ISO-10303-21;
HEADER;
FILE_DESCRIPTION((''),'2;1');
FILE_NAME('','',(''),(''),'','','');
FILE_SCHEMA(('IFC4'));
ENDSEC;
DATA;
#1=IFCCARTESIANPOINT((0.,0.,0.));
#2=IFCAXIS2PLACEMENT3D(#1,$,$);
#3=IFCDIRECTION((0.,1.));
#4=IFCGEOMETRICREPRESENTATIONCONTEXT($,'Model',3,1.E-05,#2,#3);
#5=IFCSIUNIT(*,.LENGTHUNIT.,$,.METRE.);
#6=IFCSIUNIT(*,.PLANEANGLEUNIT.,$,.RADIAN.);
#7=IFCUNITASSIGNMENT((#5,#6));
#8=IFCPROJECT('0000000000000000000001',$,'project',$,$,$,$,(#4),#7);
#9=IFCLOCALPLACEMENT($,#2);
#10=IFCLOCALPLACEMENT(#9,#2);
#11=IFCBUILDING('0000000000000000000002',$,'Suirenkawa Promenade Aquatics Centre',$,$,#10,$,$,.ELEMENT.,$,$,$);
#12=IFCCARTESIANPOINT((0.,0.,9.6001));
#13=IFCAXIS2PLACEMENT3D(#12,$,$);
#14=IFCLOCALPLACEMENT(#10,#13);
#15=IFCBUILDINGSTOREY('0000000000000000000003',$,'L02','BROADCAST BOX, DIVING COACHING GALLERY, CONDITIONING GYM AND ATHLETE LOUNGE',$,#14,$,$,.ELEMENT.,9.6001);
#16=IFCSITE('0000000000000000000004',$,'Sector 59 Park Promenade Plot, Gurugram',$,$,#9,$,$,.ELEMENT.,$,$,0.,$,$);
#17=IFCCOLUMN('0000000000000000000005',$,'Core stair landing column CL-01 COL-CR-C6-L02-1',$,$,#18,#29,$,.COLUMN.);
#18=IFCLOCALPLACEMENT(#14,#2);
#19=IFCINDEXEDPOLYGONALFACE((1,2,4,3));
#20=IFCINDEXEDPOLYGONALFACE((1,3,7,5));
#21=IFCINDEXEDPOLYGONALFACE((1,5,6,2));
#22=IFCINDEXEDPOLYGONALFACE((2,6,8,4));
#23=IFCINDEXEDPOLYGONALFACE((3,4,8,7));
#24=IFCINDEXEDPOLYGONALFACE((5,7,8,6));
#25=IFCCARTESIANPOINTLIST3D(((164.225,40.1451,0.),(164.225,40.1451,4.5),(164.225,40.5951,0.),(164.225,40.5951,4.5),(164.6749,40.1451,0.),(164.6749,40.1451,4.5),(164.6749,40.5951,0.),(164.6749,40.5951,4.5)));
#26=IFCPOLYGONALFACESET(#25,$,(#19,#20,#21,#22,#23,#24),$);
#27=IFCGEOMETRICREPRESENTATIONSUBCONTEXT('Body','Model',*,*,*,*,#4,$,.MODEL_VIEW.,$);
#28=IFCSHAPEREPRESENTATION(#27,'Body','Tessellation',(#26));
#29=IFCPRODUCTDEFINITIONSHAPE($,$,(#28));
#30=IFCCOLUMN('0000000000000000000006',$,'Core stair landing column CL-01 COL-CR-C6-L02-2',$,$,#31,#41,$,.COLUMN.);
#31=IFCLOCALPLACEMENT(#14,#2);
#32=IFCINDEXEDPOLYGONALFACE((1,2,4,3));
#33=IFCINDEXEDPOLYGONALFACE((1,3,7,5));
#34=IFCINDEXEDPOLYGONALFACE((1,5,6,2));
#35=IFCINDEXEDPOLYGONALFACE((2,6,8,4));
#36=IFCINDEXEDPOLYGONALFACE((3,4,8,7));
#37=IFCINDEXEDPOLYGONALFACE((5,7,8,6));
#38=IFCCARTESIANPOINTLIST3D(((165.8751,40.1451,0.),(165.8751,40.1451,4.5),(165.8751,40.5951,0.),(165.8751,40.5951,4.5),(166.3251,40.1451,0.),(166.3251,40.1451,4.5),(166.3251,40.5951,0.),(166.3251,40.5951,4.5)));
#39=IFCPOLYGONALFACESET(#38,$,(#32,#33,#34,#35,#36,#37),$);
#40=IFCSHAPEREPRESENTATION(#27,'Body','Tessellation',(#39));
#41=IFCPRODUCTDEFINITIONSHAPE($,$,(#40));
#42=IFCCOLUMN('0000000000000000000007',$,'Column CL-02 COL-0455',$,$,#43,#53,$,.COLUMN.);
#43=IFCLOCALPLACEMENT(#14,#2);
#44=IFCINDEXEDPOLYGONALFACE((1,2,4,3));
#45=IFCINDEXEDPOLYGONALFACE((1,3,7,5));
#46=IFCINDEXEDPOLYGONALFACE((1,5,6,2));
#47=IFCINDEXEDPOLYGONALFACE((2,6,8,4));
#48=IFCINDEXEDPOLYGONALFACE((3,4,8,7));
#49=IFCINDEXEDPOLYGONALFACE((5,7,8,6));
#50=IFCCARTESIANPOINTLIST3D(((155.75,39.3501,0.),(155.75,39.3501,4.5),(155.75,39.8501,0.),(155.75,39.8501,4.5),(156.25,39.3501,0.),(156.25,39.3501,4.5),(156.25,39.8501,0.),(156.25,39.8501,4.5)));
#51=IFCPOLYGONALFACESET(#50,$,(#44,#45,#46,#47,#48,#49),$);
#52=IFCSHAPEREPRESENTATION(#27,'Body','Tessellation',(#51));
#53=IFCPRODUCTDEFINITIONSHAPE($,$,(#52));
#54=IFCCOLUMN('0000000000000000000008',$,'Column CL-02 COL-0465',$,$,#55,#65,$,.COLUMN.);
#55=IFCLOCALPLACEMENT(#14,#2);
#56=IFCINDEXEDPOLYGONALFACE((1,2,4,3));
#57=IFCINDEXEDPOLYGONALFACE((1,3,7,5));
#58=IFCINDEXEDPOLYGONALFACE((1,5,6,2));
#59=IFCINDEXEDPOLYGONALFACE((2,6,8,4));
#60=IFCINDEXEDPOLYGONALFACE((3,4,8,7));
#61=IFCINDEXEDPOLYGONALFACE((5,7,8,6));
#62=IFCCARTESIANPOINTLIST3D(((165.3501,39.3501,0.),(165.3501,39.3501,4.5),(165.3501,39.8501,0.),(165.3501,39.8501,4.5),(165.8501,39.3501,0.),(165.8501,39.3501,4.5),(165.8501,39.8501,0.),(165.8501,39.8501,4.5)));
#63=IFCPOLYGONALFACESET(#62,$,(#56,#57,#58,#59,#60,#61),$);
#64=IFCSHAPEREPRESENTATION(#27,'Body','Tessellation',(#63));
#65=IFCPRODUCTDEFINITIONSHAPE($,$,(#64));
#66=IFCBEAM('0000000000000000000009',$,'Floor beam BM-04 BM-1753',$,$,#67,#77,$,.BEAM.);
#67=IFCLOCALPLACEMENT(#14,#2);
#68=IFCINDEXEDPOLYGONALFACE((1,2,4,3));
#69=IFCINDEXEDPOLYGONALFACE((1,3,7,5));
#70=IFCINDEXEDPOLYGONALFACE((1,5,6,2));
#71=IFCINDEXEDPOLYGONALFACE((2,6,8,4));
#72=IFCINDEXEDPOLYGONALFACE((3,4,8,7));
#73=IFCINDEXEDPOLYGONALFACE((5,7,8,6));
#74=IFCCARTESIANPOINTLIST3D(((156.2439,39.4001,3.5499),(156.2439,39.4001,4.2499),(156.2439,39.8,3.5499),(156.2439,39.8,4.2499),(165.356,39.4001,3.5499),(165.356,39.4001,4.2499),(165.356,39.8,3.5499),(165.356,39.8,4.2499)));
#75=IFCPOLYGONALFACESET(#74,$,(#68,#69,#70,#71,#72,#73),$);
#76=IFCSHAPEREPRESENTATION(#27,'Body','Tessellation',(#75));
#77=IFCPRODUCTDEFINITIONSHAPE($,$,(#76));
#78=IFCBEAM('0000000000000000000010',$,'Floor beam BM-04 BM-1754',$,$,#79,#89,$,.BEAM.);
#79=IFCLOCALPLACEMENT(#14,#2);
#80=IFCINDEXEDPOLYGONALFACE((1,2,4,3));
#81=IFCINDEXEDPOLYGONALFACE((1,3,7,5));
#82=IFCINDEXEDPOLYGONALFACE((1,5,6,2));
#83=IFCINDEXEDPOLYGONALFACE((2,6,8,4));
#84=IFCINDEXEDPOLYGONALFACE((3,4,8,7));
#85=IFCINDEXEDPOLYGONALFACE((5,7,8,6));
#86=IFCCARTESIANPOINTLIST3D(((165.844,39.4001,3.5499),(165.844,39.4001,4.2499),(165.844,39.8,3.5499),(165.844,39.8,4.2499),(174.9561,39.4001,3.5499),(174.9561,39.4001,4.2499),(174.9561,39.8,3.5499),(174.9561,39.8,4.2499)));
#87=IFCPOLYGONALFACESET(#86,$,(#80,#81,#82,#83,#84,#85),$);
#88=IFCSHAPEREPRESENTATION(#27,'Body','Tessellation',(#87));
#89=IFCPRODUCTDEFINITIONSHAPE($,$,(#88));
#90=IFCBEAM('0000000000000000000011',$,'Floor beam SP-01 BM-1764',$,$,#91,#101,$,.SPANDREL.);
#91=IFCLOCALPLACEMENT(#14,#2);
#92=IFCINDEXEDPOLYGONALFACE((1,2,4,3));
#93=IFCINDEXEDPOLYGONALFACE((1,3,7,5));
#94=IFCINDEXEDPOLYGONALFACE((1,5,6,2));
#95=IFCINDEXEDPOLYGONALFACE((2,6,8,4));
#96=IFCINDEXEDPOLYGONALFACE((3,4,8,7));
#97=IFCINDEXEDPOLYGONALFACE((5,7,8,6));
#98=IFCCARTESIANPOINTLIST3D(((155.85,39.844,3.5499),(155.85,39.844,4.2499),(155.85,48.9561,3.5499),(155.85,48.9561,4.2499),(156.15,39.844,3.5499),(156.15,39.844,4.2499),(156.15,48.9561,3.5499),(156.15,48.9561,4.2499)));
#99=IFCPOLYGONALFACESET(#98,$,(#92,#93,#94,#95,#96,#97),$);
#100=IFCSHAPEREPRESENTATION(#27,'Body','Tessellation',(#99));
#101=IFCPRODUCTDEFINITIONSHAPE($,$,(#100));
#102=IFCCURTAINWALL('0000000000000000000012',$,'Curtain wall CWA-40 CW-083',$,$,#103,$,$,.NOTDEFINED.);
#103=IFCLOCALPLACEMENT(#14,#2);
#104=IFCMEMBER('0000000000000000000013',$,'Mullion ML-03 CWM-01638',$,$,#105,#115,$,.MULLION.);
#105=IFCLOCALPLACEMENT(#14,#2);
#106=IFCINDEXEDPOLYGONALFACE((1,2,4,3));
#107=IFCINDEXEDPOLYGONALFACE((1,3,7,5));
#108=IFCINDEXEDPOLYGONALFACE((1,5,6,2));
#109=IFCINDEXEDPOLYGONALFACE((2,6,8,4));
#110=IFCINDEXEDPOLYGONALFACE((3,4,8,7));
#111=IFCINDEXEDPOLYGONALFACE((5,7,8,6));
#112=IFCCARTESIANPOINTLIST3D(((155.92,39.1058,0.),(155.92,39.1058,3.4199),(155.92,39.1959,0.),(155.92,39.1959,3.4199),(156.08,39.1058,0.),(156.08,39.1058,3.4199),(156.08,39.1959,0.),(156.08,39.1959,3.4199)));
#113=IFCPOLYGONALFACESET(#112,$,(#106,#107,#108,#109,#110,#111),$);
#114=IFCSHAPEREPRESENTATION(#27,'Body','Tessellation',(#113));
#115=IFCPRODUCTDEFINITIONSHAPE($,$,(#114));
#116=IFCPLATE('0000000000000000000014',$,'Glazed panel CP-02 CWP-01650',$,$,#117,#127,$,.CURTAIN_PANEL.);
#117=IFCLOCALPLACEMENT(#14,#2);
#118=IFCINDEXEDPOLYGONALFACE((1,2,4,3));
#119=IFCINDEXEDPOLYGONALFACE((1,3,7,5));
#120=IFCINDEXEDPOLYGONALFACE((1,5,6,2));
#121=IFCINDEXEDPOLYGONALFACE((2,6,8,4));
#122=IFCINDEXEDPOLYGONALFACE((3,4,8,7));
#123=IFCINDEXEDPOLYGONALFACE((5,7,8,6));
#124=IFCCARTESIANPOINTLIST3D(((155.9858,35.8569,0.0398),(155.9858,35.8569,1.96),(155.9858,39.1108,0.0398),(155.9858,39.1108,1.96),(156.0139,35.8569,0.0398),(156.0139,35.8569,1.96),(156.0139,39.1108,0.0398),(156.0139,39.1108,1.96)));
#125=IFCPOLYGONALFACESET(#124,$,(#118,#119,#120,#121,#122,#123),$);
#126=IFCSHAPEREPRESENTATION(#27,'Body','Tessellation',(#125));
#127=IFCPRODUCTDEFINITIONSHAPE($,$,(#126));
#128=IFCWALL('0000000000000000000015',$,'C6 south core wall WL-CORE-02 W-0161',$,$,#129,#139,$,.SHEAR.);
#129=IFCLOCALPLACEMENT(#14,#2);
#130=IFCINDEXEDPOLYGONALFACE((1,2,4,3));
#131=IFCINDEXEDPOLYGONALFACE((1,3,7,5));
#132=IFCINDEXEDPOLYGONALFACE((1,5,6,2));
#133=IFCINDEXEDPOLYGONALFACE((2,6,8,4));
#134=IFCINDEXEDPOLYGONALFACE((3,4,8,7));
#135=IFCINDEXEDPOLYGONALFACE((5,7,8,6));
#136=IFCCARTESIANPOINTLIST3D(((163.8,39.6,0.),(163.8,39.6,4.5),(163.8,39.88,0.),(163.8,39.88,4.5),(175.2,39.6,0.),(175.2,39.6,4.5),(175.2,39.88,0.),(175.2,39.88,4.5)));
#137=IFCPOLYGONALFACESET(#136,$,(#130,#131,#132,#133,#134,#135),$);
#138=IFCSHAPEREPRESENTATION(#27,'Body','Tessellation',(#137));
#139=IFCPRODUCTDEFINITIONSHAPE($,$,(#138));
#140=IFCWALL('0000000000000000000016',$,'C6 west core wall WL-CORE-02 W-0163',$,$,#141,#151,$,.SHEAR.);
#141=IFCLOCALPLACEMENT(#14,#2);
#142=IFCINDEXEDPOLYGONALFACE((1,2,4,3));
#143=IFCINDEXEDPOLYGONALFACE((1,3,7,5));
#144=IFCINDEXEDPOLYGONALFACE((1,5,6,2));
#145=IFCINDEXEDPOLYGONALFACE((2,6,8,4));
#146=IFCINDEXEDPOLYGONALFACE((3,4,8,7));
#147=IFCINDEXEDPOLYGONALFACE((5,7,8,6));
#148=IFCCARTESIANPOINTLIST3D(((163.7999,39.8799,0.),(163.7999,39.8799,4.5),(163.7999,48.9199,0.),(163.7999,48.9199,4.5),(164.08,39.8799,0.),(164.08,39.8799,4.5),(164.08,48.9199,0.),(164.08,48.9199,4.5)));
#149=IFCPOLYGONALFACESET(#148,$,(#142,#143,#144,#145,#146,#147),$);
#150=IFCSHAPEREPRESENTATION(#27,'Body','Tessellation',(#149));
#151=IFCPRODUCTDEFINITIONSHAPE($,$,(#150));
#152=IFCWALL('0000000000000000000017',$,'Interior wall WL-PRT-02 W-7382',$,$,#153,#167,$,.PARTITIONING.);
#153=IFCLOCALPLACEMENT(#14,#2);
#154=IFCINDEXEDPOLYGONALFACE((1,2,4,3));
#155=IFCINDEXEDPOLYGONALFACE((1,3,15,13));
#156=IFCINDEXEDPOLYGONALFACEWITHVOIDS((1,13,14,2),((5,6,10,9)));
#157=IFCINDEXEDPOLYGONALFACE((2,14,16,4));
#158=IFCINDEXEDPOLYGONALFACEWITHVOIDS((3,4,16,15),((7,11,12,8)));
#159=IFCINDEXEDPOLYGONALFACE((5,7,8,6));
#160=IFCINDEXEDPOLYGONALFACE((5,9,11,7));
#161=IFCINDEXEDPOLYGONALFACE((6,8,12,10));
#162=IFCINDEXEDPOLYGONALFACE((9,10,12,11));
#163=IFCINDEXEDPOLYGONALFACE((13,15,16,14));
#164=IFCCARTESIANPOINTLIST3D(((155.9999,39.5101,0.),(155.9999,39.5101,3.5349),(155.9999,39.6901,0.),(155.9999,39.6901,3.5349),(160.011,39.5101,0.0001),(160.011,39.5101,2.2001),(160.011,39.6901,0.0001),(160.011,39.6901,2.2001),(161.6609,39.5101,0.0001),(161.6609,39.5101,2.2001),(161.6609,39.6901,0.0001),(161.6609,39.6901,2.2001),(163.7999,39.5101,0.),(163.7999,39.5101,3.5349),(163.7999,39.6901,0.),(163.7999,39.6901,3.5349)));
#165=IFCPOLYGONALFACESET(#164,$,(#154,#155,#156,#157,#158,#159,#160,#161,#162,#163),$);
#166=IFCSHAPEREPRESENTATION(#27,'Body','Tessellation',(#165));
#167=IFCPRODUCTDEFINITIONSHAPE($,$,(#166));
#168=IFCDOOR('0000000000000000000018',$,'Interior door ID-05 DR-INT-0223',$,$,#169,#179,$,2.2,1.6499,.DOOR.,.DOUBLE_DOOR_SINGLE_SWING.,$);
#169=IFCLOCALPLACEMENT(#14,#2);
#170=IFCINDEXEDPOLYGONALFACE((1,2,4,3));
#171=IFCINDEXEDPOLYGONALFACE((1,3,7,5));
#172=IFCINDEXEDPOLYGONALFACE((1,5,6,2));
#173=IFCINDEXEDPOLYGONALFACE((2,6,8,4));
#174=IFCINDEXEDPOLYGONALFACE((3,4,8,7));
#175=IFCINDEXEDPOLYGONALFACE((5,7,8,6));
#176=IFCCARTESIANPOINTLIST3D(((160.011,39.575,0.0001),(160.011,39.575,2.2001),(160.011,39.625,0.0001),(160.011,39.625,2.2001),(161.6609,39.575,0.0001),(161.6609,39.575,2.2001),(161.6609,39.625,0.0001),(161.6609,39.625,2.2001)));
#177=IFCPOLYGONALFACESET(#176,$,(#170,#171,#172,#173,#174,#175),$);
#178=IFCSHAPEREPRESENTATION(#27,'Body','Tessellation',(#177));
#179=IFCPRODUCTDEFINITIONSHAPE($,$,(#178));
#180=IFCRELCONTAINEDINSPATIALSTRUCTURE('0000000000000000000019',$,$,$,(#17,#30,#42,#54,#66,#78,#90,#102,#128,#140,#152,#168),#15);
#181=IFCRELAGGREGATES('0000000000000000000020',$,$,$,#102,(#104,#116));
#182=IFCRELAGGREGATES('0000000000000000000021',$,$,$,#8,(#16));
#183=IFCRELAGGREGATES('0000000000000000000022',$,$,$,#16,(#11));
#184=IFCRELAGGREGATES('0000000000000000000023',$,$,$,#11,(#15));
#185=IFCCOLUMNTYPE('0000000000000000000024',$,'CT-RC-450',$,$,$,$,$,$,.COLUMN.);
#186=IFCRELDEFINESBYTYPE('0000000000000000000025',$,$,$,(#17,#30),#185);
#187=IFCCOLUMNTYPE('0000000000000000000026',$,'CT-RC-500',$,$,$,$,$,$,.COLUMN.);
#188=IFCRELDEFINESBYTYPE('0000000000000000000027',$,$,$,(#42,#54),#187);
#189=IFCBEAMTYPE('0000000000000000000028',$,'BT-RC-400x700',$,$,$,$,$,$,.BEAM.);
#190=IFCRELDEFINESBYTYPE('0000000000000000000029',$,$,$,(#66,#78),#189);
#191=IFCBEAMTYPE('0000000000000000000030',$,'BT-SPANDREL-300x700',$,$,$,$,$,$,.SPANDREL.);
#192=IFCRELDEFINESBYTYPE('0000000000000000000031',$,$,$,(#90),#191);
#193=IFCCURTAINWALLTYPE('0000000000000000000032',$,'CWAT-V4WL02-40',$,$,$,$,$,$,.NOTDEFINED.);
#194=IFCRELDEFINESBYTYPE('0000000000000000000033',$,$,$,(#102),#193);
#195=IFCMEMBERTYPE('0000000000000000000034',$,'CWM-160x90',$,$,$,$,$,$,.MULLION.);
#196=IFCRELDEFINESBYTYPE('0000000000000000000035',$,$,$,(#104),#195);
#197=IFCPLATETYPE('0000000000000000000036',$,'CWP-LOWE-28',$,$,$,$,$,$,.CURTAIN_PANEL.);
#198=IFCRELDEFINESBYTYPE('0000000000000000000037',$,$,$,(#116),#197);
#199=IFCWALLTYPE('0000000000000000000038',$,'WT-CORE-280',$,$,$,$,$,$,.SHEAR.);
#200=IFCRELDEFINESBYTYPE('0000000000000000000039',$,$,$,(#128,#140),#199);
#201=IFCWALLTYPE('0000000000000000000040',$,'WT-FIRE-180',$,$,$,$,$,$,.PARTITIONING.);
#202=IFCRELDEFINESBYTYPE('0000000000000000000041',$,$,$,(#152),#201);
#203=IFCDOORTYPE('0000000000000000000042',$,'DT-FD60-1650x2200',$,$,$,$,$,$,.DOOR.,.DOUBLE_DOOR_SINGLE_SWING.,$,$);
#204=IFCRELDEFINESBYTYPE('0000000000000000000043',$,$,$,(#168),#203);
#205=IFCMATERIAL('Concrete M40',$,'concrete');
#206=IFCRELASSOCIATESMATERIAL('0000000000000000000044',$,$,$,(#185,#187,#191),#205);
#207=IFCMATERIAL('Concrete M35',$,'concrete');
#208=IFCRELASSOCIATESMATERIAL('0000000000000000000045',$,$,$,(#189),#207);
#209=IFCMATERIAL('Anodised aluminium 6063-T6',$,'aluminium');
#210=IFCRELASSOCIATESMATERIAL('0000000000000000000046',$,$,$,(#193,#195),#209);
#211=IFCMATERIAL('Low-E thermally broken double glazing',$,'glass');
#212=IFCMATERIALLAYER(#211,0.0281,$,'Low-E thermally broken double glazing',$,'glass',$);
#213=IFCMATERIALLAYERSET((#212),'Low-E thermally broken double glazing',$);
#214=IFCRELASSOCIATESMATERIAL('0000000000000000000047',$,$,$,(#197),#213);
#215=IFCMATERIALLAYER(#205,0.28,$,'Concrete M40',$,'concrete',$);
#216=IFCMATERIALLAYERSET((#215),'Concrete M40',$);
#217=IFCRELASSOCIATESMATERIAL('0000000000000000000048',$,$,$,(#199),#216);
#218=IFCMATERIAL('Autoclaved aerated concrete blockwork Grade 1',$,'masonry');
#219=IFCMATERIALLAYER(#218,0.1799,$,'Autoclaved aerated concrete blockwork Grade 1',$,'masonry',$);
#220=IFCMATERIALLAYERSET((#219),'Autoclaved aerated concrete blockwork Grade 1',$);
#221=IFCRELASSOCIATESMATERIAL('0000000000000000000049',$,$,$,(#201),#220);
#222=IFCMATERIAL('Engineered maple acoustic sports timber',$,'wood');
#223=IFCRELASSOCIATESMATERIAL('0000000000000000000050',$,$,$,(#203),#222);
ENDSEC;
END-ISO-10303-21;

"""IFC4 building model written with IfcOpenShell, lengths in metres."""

from ifc_helpers import new_model, si_unit, direction, frame, frame_2d, origin, origin_2d, place, context, subcontext, project, spatial, polyline, rectangle, outline, extrude, material, layer, layer_set, material_profile, profile_set, type_object, element, fill, aggregate, save


model = new_model("IFC4")

# Units and contexts
model_context = context("Model", 3, precision=1e-05, world=origin(), true_north=direction((0.0, 1.0)))
body_context = subcontext(model_context, "Body", "Model", "MODEL_VIEW")
ifc_project = project(units=[si_unit("LENGTHUNIT", "METRE"), si_unit("PLANEANGLEUNIT", "RADIAN")], contexts=[model_context])

# Site, building, storey
site_placement = place(None, origin())
site = spatial("IfcSite", under=ifc_project, at=site_placement, Name="Sector 59 Park Promenade Plot, Gurugram", CompositionType="ELEMENT", RefElevation=0.0)
building_placement = place(site_placement, origin())
building = spatial("IfcBuilding", under=site, at=building_placement, Name="Suirenkawa Promenade Aquatics Centre", CompositionType="ELEMENT")
storey_placement = place(building_placement, frame((0.0, 0.0, 9.6001)))
storey = spatial("IfcBuildingStorey", under=building, at=storey_placement, Name="L02", Description="BROADCAST BOX, DIVING COACHING GALLERY, CONDITIONING GYM AND ATHLETE LOUNGE", CompositionType="ELEMENT", Elevation=9.6001)

# Columns
ifc_material_1 = material(Name="Concrete M40", Category="concrete")
ifc_material_profile_1 = material_profile(ifc_material_1, rectangle(XDim=0.45, YDim=0.45, at=origin_2d()), Name="RC COL 450x450", Category="concrete")
ifc_profile_set_1 = profile_set([ifc_material_profile_1], Name="Concrete M40")
column_type_1 = type_object("IfcColumnType", Name="CT-RC-450", PredefinedType="COLUMN", material=ifc_profile_set_1)
for number, where, z_axis, x_axis, name in (
    (1, (164.45, 40.3701, 0.0), (0.0, 0.0, 1.0), (1.0, 0.0, 0.0), "Core stair landing column CL-01 COL-CR-C6-L02-1"),
    (2, (166.1001, 40.3701, 0.0), (0.0, 0.0, 1.0), (1.0, 0.0, 0.0), "Core stair landing column CL-01 COL-CR-C6-L02-2"),
):
    element("IfcColumn", number, at=place(storey_placement, frame(where, z_axis=z_axis, x_axis=x_axis)), inside=storey, type_object=column_type_1, Name=name, PredefinedType="COLUMN", context=body_context, shape_type="SweptSolid", body=[
        extrude(rectangle(XDim=0.45, YDim=0.45, at=origin_2d()), origin(), (0.0, 0.0, 1.0), 4.5),
    ])
ifc_material_profile_2 = material_profile(ifc_material_1, rectangle(XDim=0.5, YDim=0.5, at=origin_2d()), Name="RC COL 500x500", Category="concrete")
ifc_profile_set_2 = profile_set([ifc_material_profile_2], Name="Concrete M40")
column_type_2 = type_object("IfcColumnType", Name="CT-RC-500", PredefinedType="COLUMN", material=ifc_profile_set_2)
for number, where, z_axis, x_axis, name in (
    (3, (156.0, 39.6001, 0.0), (0.0, 0.0, 1.0), (1.0, 0.0, 0.0), "Column CL-02 COL-0455"),
    (4, (165.6001, 39.6001, 0.0), (0.0, 0.0, 1.0), (1.0, 0.0, 0.0), "Column CL-02 COL-0465"),
):
    element("IfcColumn", number, at=place(storey_placement, frame(where, z_axis=z_axis, x_axis=x_axis)), inside=storey, type_object=column_type_2, Name=name, PredefinedType="COLUMN", context=body_context, shape_type="SweptSolid", body=[
        extrude(rectangle(XDim=0.5, YDim=0.5, at=origin_2d()), origin(), (0.0, 0.0, 1.0), 4.5),
    ])

# Beams
ifc_material_2 = material(Name="Concrete M35", Category="concrete")
ifc_material_profile_3 = material_profile(ifc_material_2, rectangle(XDim=0.3999, YDim=0.7, at=origin_2d()), Name="RC BM 400x700", Category="concrete")
ifc_profile_set_3 = profile_set([ifc_material_profile_3], Name="Concrete M35")
beam_type_1 = type_object("IfcBeamType", Name="BT-RC-400x700", PredefinedType="BEAM", material=ifc_profile_set_3)
for number, where, z_axis, x_axis, name in (
    (5, (156.2439, 39.6001, 3.8999), (1.0, 0.0, 0.0), (0.0, 1.0, 0.0), "Floor beam BM-04 BM-1753"),
    (6, (165.844, 39.6001, 3.8999), (1.0, 0.0, 0.0), (0.0, 1.0, 0.0), "Floor beam BM-04 BM-1754"),
):
    element("IfcBeam", number, at=place(storey_placement, frame(where, z_axis=z_axis, x_axis=x_axis)), inside=storey, type_object=beam_type_1, Name=name, PredefinedType="BEAM", context=body_context, shape_type="SweptSolid", body=[
        extrude(rectangle(XDim=0.3999, YDim=0.7, at=origin_2d()), origin(), (0.0, 0.0, 1.0), 9.1121),
    ])
ifc_material_profile_4 = material_profile(ifc_material_1, rectangle(XDim=0.3, YDim=0.7, at=origin_2d()), Name="RC SPANDREL 300x700", Category="concrete")
ifc_profile_set_4 = profile_set([ifc_material_profile_4], Name="Concrete M40")
beam_type_2 = type_object("IfcBeamType", Name="BT-SPANDREL-300x700", PredefinedType="SPANDREL", material=ifc_profile_set_4)
beam_placement = place(storey_placement, frame((156.0, 39.844, 3.8999), z_axis=(0.0, 1.0, 0.0), x_axis=(-1.0, 0.0, 0.0)))
element("IfcBeam", 7, at=beam_placement, inside=storey, type_object=beam_type_2, Name="Floor beam SP-01 BM-1764", PredefinedType="SPANDREL", context=body_context, shape_type="SweptSolid", body=[
    extrude(rectangle(XDim=0.3, YDim=0.7, at=origin_2d()), origin(), (0.0, 0.0, 1.0), 9.1121),
])

# Curtain wall, member, plate
ifc_material_3 = material(Name="Anodised aluminium 6063-T6", Category="aluminium")
curtain_wall_type = type_object("IfcCurtainWallType", Name="CWAT-V4WL02-40", PredefinedType="NOTDEFINED", material=ifc_material_3)
curtain_wall_placement = place(storey_placement, origin())
curtain_wall = element("IfcCurtainWall", 8, at=curtain_wall_placement, inside=storey, type_object=curtain_wall_type, Name="Curtain wall CWA-40 CW-083", PredefinedType="NOTDEFINED")
ifc_material_profile_5 = material_profile(ifc_material_3, rectangle(XDim=0.0901, YDim=0.1599, at=origin_2d()), Name="ALU MULL 90x160", Category="aluminium")
ifc_profile_set_5 = profile_set([ifc_material_profile_5], Name="Anodised aluminium 6063-T6")
member_type = type_object("IfcMemberType", Name="CWM-160x90", PredefinedType="MULLION", material=ifc_profile_set_5)
member_placement = place(storey_placement, frame((156.0, 39.1509, 0.0), z_axis=(0.0, 0.0, 1.0), x_axis=(0.0, 1.0, 0.0)))
member = element("IfcMember", 9, at=member_placement, type_object=member_type, Name="Mullion ML-03 CWM-01638", PredefinedType="MULLION", context=body_context, shape_type="SweptSolid", body=[
    extrude(rectangle(XDim=0.0901, YDim=0.1599, at=origin_2d()), origin(), (0.0, 0.0, 1.0), 3.4199),
])
ifc_material_4 = material(Name="Low-E thermally broken double glazing", Category="glass")
ifc_layer_1 = layer(ifc_material_4, 0.0281, Name="Low-E thermally broken double glazing", Category="glass")
ifc_layer_set_1 = layer_set([ifc_layer_1], Name="Low-E thermally broken double glazing")
plate_type = type_object("IfcPlateType", Name="CWP-LOWE-28", PredefinedType="CURTAIN_PANEL", material=ifc_layer_set_1)
plate_1_placement = place(storey_placement, frame((156.0, 35.8169, 0.0398), z_axis=(0.0, 0.0, 1.0), x_axis=(0.0, 1.0, 0.0)))
plate_1 = element("IfcPlate", 10, at=plate_1_placement, type_object=plate_type, Name="Glazed panel CP-02 CWP-01650", PredefinedType="CURTAIN_PANEL", context=body_context, shape_type="SweptSolid", body=[
    extrude(outline(polyline([(0.04, 0.0), (3.2939, 0.0), (3.2939, 1.9202), (0.04, 1.9202), (0.04, 0.0)])), frame((0.0, 0.0142, 0.0), z_axis=(0.0, -1.0, 0.0), x_axis=(1.0, 0.0, 0.0)), (0.0, 0.0, 1.0), 0.0281),
])
aggregate(curtain_wall, [member, plate_1])

# Walls
ifc_layer_2 = layer(ifc_material_1, 0.28, Name="Concrete M40", Category="concrete")
ifc_layer_set_2 = layer_set([ifc_layer_2], Name="Concrete M40")
wall_type_1 = type_object("IfcWallType", Name="WT-CORE-280", PredefinedType="SHEAR", material=ifc_layer_set_2)
wall_1_placement = place(storey_placement, frame((163.8, 39.74, 0.0), z_axis=(0.0, 0.0, 1.0), x_axis=(1.0, 0.0, 0.0)))
element("IfcWall", 11, at=wall_1_placement, inside=storey, type_object=wall_type_1, Name="C6 south core wall WL-CORE-02 W-0161", PredefinedType="SHEAR", context=body_context, shape_type="SweptSolid", body=[
    extrude(rectangle(XDim=11.3999, YDim=0.28, at=frame_2d((5.7, 0.0))), origin(), (0.0, 0.0, 1.0), 4.5),
])
wall_2_placement = place(storey_placement, frame((163.9399, 39.8799, 0.0), z_axis=(0.0, 0.0, 1.0), x_axis=(0.0, 1.0, 0.0)))
element("IfcWall", 12, at=wall_2_placement, inside=storey, type_object=wall_type_1, Name="C6 west core wall WL-CORE-02 W-0163", PredefinedType="SHEAR", context=body_context, shape_type="SweptSolid", body=[
    extrude(rectangle(XDim=9.04, YDim=0.28, at=frame_2d((4.52, 0.0))), origin(), (0.0, 0.0, 1.0), 4.5),
])

# Wall, opening, door
ifc_material_5 = material(Name="Autoclaved aerated concrete blockwork Grade 1", Category="masonry")
ifc_layer_3 = layer(ifc_material_5, 0.1799, Name="Autoclaved aerated concrete blockwork Grade 1", Category="masonry")
ifc_layer_set_3 = layer_set([ifc_layer_3], Name="Autoclaved aerated concrete blockwork Grade 1")
wall_type_2 = type_object("IfcWallType", Name="WT-FIRE-180", PredefinedType="PARTITIONING", material=ifc_layer_set_3)
wall_3_placement = place(storey_placement, frame((156.0, 39.6001, 0.0), z_axis=(0.0, 0.0, 1.0), x_axis=(1.0, 0.0, 0.0)))
wall_3 = element("IfcWall", 13, at=wall_3_placement, inside=storey, type_object=wall_type_2, Name="Interior wall WL-PRT-02 W-7382", PredefinedType="PARTITIONING", context=body_context, shape_type="SweptSolid", body=[
    extrude(rectangle(XDim=7.8, YDim=0.1799, at=frame_2d((3.8999, 0.0))), origin(), (0.0, 0.0, 1.0), 3.5349),
])
opening_1_placement = place(wall_3_placement, frame((4.011, 0.0, 0.0)))
opening_1 = element("IfcOpeningElement", 14, at=opening_1_placement, cuts=wall_3, PredefinedType="OPENING", context=body_context, shape_type="SweptSolid", body=[
    extrude(rectangle(XDim=1.6499, YDim=2.2, at=frame_2d((0.825, 1.1001))), frame((0.0, 0.0999, 0.0), z_axis=(0.0, -1.0, 0.0), x_axis=(1.0, 0.0, 0.0)), (0.0, 0.0, 1.0), 0.2),
])
ifc_material_6 = material(Name="Engineered maple acoustic sports timber", Category="wood")
door_type_1 = type_object("IfcDoorType", Name="DT-FD60-1650x2200", OperationType="DOUBLE_DOOR_SINGLE_SWING", PredefinedType="DOOR", material=ifc_material_6)
door_1_placement = place(opening_1_placement, origin())
door_1 = element("IfcDoor", 15, at=door_1_placement, inside=storey, type_object=door_type_1, Name="Interior door ID-05 DR-INT-0223", OperationType="DOUBLE_DOOR_SINGLE_SWING", OverallHeight=2.2, OverallWidth=1.6499, PredefinedType="DOOR", context=body_context, shape_type="SweptSolid", body=[
    extrude(rectangle(XDim=1.6499, YDim=2.2, at=frame_2d((0.825, 1.1001))), frame((0.0, 0.0249, 0.0), z_axis=(0.0, -1.0, 0.0), x_axis=(1.0, 0.0, 0.0)), (0.0, 0.0, 1.0), 0.05),
])
fill(opening_1, door_1)

save(model, "model.ifc")
